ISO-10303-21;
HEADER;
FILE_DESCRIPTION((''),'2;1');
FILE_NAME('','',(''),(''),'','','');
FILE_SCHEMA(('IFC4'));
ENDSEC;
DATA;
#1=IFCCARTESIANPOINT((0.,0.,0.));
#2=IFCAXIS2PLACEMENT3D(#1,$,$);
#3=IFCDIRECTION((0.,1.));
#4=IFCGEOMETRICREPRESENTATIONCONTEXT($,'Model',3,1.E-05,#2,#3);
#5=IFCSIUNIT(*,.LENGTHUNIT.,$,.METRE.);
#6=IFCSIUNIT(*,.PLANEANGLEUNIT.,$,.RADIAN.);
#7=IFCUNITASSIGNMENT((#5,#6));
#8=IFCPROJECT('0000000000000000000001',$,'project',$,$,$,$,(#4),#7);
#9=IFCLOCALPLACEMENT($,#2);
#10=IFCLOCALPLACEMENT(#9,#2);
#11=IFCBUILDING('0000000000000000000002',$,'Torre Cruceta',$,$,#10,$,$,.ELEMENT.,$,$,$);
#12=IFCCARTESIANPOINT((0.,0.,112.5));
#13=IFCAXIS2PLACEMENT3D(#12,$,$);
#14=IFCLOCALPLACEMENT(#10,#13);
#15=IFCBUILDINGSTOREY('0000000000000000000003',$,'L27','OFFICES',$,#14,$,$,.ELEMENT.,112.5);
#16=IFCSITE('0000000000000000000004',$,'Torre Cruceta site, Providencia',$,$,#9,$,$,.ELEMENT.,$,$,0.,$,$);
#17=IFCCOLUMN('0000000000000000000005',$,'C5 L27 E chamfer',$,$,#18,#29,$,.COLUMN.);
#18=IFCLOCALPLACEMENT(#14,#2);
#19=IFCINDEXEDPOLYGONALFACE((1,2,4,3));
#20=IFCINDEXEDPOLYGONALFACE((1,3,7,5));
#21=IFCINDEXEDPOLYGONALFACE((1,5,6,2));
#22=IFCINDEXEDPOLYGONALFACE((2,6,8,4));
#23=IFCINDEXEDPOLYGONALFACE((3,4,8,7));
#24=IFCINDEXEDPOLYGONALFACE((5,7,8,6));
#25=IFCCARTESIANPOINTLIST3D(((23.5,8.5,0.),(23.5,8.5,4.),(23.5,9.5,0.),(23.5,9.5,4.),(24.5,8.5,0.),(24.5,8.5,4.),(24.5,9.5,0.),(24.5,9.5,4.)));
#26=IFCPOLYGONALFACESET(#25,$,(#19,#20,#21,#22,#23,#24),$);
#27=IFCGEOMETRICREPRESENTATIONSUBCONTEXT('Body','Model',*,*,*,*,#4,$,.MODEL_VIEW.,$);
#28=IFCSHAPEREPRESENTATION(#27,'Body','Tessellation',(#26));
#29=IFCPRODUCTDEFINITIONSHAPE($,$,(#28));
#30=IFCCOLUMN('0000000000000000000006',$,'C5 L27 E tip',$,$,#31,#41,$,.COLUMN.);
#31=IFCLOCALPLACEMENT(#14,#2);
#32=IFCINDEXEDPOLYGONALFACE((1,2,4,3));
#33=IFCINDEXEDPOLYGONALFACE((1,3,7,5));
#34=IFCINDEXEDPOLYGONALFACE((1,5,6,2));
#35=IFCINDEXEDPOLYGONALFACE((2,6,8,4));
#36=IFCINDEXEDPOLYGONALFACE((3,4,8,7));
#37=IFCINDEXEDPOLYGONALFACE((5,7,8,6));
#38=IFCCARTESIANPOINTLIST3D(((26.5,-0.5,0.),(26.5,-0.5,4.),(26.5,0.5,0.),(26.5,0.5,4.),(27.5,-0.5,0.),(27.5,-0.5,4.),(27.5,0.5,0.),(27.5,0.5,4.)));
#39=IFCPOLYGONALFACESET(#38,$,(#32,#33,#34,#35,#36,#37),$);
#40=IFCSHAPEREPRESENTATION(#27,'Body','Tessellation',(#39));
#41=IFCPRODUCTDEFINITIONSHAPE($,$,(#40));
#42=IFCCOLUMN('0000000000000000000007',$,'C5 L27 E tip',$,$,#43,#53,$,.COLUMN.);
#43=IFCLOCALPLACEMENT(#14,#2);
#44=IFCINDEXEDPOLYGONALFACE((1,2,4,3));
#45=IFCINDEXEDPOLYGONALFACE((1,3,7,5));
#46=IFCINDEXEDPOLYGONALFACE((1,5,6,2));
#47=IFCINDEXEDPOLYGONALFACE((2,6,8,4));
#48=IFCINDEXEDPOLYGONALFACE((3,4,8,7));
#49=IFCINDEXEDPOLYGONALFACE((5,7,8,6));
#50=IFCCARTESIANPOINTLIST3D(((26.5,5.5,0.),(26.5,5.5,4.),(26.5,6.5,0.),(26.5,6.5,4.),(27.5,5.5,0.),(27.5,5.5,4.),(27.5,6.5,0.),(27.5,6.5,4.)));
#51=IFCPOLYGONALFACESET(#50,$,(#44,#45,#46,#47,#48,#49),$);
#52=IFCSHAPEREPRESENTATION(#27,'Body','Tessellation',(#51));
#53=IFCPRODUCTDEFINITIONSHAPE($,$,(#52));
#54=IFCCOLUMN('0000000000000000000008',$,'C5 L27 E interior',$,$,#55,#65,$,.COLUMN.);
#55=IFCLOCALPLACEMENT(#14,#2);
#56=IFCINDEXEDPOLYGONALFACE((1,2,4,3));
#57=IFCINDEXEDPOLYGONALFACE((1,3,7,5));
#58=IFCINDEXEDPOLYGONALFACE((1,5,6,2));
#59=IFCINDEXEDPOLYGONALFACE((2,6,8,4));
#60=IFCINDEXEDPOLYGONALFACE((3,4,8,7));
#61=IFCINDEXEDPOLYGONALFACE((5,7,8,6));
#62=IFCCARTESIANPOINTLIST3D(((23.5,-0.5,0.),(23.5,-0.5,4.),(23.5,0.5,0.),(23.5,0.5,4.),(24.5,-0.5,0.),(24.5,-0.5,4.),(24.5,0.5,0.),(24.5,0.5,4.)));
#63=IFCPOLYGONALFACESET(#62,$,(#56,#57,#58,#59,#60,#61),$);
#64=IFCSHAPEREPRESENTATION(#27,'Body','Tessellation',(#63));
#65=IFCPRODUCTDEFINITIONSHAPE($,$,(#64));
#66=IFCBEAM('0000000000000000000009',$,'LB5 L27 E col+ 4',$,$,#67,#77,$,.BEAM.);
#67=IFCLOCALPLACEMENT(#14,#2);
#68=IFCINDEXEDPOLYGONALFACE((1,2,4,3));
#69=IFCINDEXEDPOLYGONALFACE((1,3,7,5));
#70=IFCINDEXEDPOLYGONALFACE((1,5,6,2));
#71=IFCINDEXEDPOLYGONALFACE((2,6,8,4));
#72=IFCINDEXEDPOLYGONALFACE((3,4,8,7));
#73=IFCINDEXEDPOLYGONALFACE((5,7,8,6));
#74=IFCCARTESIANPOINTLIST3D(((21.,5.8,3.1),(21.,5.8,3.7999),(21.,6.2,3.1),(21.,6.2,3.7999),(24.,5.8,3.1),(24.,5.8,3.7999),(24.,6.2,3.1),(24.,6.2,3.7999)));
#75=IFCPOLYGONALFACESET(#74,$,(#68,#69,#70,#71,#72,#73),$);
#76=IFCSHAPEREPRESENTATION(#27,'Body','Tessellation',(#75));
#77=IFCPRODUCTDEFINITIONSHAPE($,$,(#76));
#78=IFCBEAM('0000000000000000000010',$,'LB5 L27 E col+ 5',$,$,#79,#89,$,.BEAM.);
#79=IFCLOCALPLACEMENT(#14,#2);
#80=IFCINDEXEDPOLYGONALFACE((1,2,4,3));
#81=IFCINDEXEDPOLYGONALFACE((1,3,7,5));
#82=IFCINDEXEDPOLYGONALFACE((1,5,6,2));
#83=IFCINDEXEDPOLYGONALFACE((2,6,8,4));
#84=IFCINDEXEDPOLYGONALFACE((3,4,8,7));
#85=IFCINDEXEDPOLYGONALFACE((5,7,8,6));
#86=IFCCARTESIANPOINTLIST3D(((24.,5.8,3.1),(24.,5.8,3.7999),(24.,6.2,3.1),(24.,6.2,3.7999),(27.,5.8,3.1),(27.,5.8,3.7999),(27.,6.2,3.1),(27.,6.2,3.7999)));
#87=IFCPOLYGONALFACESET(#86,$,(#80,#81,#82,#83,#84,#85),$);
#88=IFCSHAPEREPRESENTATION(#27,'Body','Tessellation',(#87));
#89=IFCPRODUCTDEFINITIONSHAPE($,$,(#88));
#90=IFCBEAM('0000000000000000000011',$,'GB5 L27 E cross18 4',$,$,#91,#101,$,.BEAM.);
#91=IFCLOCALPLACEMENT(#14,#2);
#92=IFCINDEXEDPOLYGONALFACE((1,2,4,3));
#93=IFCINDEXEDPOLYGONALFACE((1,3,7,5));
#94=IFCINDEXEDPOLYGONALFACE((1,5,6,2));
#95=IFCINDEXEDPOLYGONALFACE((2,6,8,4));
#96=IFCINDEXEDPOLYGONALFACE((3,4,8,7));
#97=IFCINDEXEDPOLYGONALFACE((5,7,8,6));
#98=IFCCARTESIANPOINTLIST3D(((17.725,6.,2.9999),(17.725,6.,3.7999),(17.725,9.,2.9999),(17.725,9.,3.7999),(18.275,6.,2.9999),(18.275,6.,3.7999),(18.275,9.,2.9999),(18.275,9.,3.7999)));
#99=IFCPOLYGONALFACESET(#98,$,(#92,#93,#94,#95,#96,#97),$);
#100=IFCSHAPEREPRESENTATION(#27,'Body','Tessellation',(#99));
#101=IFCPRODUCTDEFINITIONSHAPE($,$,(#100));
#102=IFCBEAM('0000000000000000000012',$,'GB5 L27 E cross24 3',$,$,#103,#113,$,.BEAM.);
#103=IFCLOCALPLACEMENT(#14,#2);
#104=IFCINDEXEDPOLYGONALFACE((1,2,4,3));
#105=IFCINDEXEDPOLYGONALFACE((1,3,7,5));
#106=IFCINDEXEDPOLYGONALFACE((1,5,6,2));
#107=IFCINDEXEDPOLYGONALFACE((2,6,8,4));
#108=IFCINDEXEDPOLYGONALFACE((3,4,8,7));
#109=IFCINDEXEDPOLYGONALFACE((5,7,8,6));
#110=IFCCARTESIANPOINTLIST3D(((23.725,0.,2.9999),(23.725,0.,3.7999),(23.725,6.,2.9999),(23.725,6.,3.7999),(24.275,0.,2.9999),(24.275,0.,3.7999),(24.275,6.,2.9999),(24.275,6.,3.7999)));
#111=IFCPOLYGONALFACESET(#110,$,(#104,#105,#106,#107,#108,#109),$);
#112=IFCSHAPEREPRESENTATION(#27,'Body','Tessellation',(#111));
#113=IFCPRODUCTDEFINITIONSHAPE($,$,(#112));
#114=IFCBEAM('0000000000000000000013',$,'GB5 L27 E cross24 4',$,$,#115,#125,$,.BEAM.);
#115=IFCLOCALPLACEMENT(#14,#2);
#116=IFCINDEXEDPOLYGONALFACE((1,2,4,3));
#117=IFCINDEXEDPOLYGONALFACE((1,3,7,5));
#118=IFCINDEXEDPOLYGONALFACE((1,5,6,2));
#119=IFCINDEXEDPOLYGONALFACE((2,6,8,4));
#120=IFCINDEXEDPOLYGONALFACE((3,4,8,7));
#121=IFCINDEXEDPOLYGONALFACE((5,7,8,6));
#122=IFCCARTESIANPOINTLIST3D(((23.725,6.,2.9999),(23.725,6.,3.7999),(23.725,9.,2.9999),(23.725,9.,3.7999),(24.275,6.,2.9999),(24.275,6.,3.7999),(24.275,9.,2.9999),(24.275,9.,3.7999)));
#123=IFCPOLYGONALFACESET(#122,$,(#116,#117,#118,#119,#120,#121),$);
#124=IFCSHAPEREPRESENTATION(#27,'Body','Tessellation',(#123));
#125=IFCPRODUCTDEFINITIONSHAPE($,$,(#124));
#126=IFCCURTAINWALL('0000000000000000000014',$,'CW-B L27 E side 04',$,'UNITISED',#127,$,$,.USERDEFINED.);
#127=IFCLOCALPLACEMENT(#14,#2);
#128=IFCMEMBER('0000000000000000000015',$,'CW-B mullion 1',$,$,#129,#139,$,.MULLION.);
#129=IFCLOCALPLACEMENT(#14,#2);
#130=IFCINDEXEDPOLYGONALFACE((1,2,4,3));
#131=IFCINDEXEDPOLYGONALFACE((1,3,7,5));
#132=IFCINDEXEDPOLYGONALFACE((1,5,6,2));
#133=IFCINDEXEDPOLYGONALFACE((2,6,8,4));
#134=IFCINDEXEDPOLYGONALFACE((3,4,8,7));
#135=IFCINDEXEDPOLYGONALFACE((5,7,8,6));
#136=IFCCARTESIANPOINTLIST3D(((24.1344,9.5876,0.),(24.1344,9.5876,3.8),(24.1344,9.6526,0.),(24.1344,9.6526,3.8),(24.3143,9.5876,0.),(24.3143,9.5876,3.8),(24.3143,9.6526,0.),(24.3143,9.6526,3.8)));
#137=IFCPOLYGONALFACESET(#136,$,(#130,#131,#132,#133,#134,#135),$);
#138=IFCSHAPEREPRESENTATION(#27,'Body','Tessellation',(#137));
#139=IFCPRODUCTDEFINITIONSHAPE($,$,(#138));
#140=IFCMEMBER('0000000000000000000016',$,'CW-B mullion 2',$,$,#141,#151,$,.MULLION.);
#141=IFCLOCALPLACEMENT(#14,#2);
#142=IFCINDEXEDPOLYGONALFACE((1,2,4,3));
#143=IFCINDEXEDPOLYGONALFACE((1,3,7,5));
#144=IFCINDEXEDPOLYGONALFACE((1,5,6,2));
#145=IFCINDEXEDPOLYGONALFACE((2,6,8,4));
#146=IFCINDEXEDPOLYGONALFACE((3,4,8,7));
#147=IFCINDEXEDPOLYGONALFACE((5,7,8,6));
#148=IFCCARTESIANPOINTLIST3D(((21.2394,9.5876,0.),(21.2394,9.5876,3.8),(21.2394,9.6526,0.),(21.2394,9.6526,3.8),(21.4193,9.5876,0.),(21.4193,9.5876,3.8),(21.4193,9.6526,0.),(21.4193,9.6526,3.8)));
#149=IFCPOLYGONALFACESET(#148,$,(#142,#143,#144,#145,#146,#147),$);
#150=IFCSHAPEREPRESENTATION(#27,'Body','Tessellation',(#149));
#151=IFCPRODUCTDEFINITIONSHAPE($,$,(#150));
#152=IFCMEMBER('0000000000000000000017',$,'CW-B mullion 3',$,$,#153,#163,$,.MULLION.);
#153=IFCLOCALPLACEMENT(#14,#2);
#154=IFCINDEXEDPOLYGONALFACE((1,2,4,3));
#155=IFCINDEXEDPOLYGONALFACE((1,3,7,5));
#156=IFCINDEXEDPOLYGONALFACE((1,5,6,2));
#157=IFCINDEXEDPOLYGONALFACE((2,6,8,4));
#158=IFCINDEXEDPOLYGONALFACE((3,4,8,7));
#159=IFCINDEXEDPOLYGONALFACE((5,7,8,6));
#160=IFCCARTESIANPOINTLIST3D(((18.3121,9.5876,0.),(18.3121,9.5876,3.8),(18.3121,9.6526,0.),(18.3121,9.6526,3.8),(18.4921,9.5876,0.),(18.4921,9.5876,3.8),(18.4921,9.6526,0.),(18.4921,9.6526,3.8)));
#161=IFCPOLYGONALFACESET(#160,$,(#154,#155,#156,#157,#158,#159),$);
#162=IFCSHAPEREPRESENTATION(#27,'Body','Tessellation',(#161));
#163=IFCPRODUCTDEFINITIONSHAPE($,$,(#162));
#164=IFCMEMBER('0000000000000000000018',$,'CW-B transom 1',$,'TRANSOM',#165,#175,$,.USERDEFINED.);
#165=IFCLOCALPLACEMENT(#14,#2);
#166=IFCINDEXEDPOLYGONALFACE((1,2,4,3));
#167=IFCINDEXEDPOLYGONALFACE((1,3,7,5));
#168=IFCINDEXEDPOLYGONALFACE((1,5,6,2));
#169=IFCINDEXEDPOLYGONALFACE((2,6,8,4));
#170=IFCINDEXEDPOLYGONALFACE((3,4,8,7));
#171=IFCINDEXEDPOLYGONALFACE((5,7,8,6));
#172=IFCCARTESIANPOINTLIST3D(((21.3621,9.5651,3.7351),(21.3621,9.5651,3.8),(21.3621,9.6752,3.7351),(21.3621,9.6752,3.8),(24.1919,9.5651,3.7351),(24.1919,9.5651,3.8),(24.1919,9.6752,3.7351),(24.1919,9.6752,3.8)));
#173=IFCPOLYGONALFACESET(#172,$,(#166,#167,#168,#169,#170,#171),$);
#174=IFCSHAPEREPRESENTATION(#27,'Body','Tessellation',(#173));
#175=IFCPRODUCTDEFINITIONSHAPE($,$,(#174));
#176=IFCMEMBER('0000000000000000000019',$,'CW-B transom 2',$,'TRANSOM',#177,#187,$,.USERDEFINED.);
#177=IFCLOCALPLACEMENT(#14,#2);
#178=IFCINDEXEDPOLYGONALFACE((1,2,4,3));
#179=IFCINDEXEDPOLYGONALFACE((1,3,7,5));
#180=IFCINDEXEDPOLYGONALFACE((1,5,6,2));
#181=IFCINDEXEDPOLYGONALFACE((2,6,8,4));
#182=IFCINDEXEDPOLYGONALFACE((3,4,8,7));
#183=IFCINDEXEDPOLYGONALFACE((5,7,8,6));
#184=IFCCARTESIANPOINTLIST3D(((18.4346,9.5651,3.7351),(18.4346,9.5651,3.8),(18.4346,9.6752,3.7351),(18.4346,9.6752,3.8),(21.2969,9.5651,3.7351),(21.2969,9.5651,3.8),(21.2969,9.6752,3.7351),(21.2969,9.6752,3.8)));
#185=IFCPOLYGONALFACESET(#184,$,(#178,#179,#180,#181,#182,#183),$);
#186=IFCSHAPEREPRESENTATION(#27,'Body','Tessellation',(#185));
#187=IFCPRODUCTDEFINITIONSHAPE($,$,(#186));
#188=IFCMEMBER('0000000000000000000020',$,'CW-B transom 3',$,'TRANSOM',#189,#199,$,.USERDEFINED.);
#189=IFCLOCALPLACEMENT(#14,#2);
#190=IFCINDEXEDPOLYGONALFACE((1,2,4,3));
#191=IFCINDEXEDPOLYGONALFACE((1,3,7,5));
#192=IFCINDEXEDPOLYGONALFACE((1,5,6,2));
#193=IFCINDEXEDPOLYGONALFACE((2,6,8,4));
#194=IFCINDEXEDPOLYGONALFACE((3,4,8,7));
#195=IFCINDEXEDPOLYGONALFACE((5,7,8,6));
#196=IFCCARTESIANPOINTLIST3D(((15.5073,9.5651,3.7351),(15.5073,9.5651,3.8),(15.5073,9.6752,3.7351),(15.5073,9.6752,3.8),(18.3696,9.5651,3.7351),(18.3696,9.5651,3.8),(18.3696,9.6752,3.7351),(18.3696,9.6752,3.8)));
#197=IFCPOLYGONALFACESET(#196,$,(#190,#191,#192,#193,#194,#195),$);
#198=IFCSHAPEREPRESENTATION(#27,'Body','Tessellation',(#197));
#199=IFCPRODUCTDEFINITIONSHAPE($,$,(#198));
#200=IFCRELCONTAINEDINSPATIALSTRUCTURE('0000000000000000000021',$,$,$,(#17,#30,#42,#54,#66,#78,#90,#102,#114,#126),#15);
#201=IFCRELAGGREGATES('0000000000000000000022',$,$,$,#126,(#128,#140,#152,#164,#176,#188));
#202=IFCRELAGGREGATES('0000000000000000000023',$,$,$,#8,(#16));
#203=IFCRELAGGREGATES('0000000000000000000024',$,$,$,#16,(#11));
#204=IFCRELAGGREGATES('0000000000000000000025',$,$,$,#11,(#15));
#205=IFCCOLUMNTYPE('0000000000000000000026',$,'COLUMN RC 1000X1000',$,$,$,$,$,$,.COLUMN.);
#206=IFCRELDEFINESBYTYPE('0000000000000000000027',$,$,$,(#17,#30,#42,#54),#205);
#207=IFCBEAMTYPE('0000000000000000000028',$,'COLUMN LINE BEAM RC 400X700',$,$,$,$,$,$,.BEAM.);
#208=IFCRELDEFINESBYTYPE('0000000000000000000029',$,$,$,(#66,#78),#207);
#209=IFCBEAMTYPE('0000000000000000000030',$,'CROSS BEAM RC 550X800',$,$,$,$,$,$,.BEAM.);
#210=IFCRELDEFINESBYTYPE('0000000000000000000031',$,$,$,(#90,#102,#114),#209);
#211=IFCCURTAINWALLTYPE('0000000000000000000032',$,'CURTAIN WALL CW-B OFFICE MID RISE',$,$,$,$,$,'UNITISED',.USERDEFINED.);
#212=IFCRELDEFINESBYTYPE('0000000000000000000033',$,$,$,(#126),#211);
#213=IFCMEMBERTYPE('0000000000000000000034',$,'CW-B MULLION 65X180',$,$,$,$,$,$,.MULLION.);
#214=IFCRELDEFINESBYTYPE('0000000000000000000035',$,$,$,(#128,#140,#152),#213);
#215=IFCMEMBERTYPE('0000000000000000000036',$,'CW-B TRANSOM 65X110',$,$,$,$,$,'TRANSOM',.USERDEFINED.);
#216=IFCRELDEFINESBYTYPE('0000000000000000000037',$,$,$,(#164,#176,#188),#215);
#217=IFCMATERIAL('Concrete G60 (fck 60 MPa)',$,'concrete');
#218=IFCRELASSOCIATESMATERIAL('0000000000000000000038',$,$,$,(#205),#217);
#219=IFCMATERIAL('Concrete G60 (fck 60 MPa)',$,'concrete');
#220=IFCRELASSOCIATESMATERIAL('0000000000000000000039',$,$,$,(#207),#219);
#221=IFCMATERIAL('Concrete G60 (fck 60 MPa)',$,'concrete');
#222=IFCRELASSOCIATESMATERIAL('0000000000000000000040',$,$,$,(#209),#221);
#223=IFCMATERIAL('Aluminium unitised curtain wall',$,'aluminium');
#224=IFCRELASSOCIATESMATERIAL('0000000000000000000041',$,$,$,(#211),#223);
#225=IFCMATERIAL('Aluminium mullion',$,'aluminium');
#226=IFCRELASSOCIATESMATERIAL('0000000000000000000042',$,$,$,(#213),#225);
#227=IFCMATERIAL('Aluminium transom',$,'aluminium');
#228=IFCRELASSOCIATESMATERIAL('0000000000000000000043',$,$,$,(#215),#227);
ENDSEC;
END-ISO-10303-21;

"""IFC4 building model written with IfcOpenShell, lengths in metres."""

from ifc_helpers import new_model, si_unit, direction, frame, origin, origin_2d, place, context, subcontext, project, spatial, rectangle, extrude, material, material_profile, profile_set, type_object, element, aggregate, save


model = new_model("IFC4")

# Units and contexts
model_context = context("Model", 3, precision=1e-05, world=origin(), true_north=direction((0.0, 1.0)))
body_context = subcontext(model_context, "Body", "Model", "MODEL_VIEW")
ifc_project = project(units=[si_unit("LENGTHUNIT", "METRE"), si_unit("PLANEANGLEUNIT", "RADIAN")], contexts=[model_context])

# Site, building, storey
site_placement = place(None, origin())
site = spatial("IfcSite", under=ifc_project, at=site_placement, Name="Torre Cruceta site, Providencia", CompositionType="ELEMENT", RefElevation=0.0)
building_placement = place(site_placement, origin())
building = spatial("IfcBuilding", under=site, at=building_placement, Name="Torre Cruceta", CompositionType="ELEMENT")
storey_placement = place(building_placement, frame((0.0, 0.0, 112.5)))
storey = spatial("IfcBuildingStorey", under=building, at=storey_placement, Name="L27", Description="OFFICES", CompositionType="ELEMENT", Elevation=112.5)

# Columns
ifc_material_1 = material(Name="Concrete G60 (fck 60 MPa)", Category="concrete")
ifc_material_profile_1 = material_profile(ifc_material_1, rectangle(XDim=1.0, YDim=1.0, at=origin_2d()), Name="RC 1000X1000")
ifc_profile_set_1 = profile_set([ifc_material_profile_1], Name="Concrete G60 (fck 60 MPa)")
column_type = type_object("IfcColumnType", Name="COLUMN RC 1000X1000", PredefinedType="COLUMN", material=ifc_profile_set_1)
for number, where, z_axis, x_axis, name in (
    (1, (24.0, 9.0, 0.0), (0.0, 0.0, 1.0), (1.0, 0.0, 0.0), "C5 L27 E chamfer"),
    (2, (27.0, 0.0, 0.0), (0.0, 0.0, 1.0), (1.0, 0.0, 0.0), "C5 L27 E tip"),
    (3, (27.0, 6.0, 0.0), (0.0, 0.0, 1.0), (1.0, 0.0, 0.0), "C5 L27 E tip"),
    (4, (24.0, 0.0, 0.0), (0.0, 0.0, 1.0), (1.0, 0.0, 0.0), "C5 L27 E interior"),
):
    element("IfcColumn", number, at=place(storey_placement, frame(where, z_axis=z_axis, x_axis=x_axis)), inside=storey, type_object=column_type, Name=name, PredefinedType="COLUMN", context=body_context, shape_type="SweptSolid", body=[
        extrude(rectangle(XDim=1.0, YDim=1.0, at=origin_2d()), origin(), (0.0, 0.0, 1.0), 4.0),
    ])

# Beams
ifc_material_2 = material(Name="Concrete G60 (fck 60 MPa)", Category="concrete")
ifc_material_profile_2 = material_profile(ifc_material_2, rectangle(XDim=0.3999, YDim=0.7, at=origin_2d()), Name="RC 400X700")
ifc_profile_set_2 = profile_set([ifc_material_profile_2], Name="Concrete G60 (fck 60 MPa)")
beam_type_1 = type_object("IfcBeamType", Name="COLUMN LINE BEAM RC 400X700", PredefinedType="BEAM", material=ifc_profile_set_2)
for number, where, z_axis, x_axis, name in (
    (5, (21.0, 6.0, 3.45), (1.0, 0.0, 0.0), (0.0, 1.0, 0.0), "LB5 L27 E col+ 4"),
    (6, (24.0, 6.0, 3.45), (1.0, 0.0, 0.0), (0.0, 1.0, 0.0), "LB5 L27 E col+ 5"),
):
    element("IfcBeam", number, at=place(storey_placement, frame(where, z_axis=z_axis, x_axis=x_axis)), inside=storey, type_object=beam_type_1, Name=name, PredefinedType="BEAM", context=body_context, shape_type="SweptSolid", body=[
        extrude(rectangle(XDim=0.3999, YDim=0.7, at=origin_2d()), origin(), (0.0, 0.0, 1.0), 3.0),
    ])
ifc_material_3 = material(Name="Concrete G60 (fck 60 MPa)", Category="concrete")
ifc_material_profile_3 = material_profile(ifc_material_3, rectangle(XDim=0.55, YDim=0.8, at=origin_2d()), Name="RC 550X800")
ifc_profile_set_3 = profile_set([ifc_material_profile_3], Name="Concrete G60 (fck 60 MPa)")
beam_type_2 = type_object("IfcBeamType", Name="CROSS BEAM RC 550X800", PredefinedType="BEAM", material=ifc_profile_set_3)
beam_1_placement = place(storey_placement, frame((18.0, 6.0, 3.3999), z_axis=(0.0, 1.0, 0.0), x_axis=(-1.0, 0.0, 0.0)))
element("IfcBeam", 7, at=beam_1_placement, inside=storey, type_object=beam_type_2, Name="GB5 L27 E cross18 4", PredefinedType="BEAM", context=body_context, shape_type="SweptSolid", body=[
    extrude(rectangle(XDim=0.55, YDim=0.8, at=origin_2d()), origin(), (0.0, 0.0, 1.0), 3.0),
])
beam_2_placement = place(storey_placement, frame((24.0, 0.0, 3.3999), z_axis=(0.0, 1.0, 0.0), x_axis=(-1.0, 0.0, 0.0)))
element("IfcBeam", 8, at=beam_2_placement, inside=storey, type_object=beam_type_2, Name="GB5 L27 E cross24 3", PredefinedType="BEAM", context=body_context, shape_type="SweptSolid", body=[
    extrude(rectangle(XDim=0.55, YDim=0.8, at=origin_2d()), origin(), (0.0, 0.0, 1.0), 6.0),
])
beam_3_placement = place(storey_placement, frame((24.0, 6.0, 3.3999), z_axis=(0.0, 1.0, 0.0), x_axis=(-1.0, 0.0, 0.0)))
element("IfcBeam", 9, at=beam_3_placement, inside=storey, type_object=beam_type_2, Name="GB5 L27 E cross24 4", PredefinedType="BEAM", context=body_context, shape_type="SweptSolid", body=[
    extrude(rectangle(XDim=0.55, YDim=0.8, at=origin_2d()), origin(), (0.0, 0.0, 1.0), 3.0),
])

# Curtain wall, members
ifc_material_4 = material(Name="Aluminium unitised curtain wall", Category="aluminium")
curtain_wall_type = type_object("IfcCurtainWallType", Name="CURTAIN WALL CW-B OFFICE MID RISE", ElementType="UNITISED", PredefinedType="USERDEFINED", material=ifc_material_4)
curtain_wall_placement = place(storey_placement, origin())
curtain_wall = element("IfcCurtainWall", 10, at=curtain_wall_placement, inside=storey, type_object=curtain_wall_type, Name="CW-B L27 E side 04", ObjectType="UNITISED", PredefinedType="USERDEFINED")
ifc_material_5 = material(Name="Aluminium mullion", Category="aluminium")
ifc_material_profile_4 = material_profile(ifc_material_5, rectangle(XDim=0.0649, YDim=0.1799, at=origin_2d()), Name="AL 65X180")
ifc_profile_set_4 = profile_set([ifc_material_profile_4], Name="Aluminium mullion")
member_type_1 = type_object("IfcMemberType", Name="CW-B MULLION 65X180", PredefinedType="MULLION", material=ifc_profile_set_4)
member_1_placement = place(storey_placement, frame((24.2244, 9.6201, 0.0), z_axis=(0.0, 0.0, 1.0), x_axis=(0.0, -1.0, 0.0)))
member_1 = element("IfcMember", 11, at=member_1_placement, type_object=member_type_1, Name="CW-B mullion 1", PredefinedType="MULLION", context=body_context, shape_type="SweptSolid", body=[
    extrude(rectangle(XDim=0.0649, YDim=0.1799, at=origin_2d()), origin(), (0.0, 0.0, 1.0), 3.8),
])
member_2_placement = place(storey_placement, frame((21.3293, 9.6201, 0.0), z_axis=(0.0, 0.0, 1.0), x_axis=(0.0, -1.0, 0.0)))
member_2 = element("IfcMember", 12, at=member_2_placement, type_object=member_type_1, Name="CW-B mullion 2", PredefinedType="MULLION", context=body_context, shape_type="SweptSolid", body=[
    extrude(rectangle(XDim=0.0649, YDim=0.1799, at=origin_2d()), origin(), (0.0, 0.0, 1.0), 3.8),
])
member_3_placement = place(storey_placement, frame((18.4021, 9.6201, 0.0), z_axis=(0.0, 0.0, 1.0), x_axis=(0.0, -1.0, 0.0)))
member_3 = element("IfcMember", 13, at=member_3_placement, type_object=member_type_1, Name="CW-B mullion 3", PredefinedType="MULLION", context=body_context, shape_type="SweptSolid", body=[
    extrude(rectangle(XDim=0.0649, YDim=0.1799, at=origin_2d()), origin(), (0.0, 0.0, 1.0), 3.8),
])
ifc_material_6 = material(Name="Aluminium transom", Category="aluminium")
ifc_material_profile_5 = material_profile(ifc_material_6, rectangle(XDim=0.1101, YDim=0.0649, at=origin_2d()), Name="AL 110X65")
ifc_profile_set_5 = profile_set([ifc_material_profile_5], Name="Aluminium transom")
member_type_2 = type_object("IfcMemberType", Name="CW-B TRANSOM 65X110", ElementType="TRANSOM", PredefinedType="USERDEFINED", material=ifc_profile_set_5)
member_4_placement = place(storey_placement, frame((24.1919, 9.6201, 3.7676), z_axis=(-1.0, 0.0, 0.0), x_axis=(0.0, -1.0, 0.0)))
member_4 = element("IfcMember", 14, at=member_4_placement, type_object=member_type_2, Name="CW-B transom 1", ObjectType="TRANSOM", PredefinedType="USERDEFINED", context=body_context, shape_type="SweptSolid", body=[
    extrude(rectangle(XDim=0.1101, YDim=0.0649, at=origin_2d()), origin(), (0.0, 0.0, 1.0), 2.8298),
])
member_5_placement = place(storey_placement, frame((21.2969, 9.6201, 3.7676), z_axis=(-1.0, 0.0, 0.0), x_axis=(0.0, -1.0, 0.0)))
member_5 = element("IfcMember", 15, at=member_5_placement, type_object=member_type_2, Name="CW-B transom 2", ObjectType="TRANSOM", PredefinedType="USERDEFINED", context=body_context, shape_type="SweptSolid", body=[
    extrude(rectangle(XDim=0.1101, YDim=0.0649, at=origin_2d()), origin(), (0.0, 0.0, 1.0), 2.8623),
])
member_6_placement = place(storey_placement, frame((18.3696, 9.6201, 3.7676), z_axis=(-1.0, 0.0, 0.0), x_axis=(0.0, -1.0, 0.0)))
member_6 = element("IfcMember", 16, at=member_6_placement, type_object=member_type_2, Name="CW-B transom 3", ObjectType="TRANSOM", PredefinedType="USERDEFINED", context=body_context, shape_type="SweptSolid", body=[
    extrude(rectangle(XDim=0.1101, YDim=0.0649, at=origin_2d()), origin(), (0.0, 0.0, 1.0), 2.8623),
])

aggregate(curtain_wall, [member_1, member_2, member_3, member_4, member_5, member_6])

save(model, "model.ifc")
